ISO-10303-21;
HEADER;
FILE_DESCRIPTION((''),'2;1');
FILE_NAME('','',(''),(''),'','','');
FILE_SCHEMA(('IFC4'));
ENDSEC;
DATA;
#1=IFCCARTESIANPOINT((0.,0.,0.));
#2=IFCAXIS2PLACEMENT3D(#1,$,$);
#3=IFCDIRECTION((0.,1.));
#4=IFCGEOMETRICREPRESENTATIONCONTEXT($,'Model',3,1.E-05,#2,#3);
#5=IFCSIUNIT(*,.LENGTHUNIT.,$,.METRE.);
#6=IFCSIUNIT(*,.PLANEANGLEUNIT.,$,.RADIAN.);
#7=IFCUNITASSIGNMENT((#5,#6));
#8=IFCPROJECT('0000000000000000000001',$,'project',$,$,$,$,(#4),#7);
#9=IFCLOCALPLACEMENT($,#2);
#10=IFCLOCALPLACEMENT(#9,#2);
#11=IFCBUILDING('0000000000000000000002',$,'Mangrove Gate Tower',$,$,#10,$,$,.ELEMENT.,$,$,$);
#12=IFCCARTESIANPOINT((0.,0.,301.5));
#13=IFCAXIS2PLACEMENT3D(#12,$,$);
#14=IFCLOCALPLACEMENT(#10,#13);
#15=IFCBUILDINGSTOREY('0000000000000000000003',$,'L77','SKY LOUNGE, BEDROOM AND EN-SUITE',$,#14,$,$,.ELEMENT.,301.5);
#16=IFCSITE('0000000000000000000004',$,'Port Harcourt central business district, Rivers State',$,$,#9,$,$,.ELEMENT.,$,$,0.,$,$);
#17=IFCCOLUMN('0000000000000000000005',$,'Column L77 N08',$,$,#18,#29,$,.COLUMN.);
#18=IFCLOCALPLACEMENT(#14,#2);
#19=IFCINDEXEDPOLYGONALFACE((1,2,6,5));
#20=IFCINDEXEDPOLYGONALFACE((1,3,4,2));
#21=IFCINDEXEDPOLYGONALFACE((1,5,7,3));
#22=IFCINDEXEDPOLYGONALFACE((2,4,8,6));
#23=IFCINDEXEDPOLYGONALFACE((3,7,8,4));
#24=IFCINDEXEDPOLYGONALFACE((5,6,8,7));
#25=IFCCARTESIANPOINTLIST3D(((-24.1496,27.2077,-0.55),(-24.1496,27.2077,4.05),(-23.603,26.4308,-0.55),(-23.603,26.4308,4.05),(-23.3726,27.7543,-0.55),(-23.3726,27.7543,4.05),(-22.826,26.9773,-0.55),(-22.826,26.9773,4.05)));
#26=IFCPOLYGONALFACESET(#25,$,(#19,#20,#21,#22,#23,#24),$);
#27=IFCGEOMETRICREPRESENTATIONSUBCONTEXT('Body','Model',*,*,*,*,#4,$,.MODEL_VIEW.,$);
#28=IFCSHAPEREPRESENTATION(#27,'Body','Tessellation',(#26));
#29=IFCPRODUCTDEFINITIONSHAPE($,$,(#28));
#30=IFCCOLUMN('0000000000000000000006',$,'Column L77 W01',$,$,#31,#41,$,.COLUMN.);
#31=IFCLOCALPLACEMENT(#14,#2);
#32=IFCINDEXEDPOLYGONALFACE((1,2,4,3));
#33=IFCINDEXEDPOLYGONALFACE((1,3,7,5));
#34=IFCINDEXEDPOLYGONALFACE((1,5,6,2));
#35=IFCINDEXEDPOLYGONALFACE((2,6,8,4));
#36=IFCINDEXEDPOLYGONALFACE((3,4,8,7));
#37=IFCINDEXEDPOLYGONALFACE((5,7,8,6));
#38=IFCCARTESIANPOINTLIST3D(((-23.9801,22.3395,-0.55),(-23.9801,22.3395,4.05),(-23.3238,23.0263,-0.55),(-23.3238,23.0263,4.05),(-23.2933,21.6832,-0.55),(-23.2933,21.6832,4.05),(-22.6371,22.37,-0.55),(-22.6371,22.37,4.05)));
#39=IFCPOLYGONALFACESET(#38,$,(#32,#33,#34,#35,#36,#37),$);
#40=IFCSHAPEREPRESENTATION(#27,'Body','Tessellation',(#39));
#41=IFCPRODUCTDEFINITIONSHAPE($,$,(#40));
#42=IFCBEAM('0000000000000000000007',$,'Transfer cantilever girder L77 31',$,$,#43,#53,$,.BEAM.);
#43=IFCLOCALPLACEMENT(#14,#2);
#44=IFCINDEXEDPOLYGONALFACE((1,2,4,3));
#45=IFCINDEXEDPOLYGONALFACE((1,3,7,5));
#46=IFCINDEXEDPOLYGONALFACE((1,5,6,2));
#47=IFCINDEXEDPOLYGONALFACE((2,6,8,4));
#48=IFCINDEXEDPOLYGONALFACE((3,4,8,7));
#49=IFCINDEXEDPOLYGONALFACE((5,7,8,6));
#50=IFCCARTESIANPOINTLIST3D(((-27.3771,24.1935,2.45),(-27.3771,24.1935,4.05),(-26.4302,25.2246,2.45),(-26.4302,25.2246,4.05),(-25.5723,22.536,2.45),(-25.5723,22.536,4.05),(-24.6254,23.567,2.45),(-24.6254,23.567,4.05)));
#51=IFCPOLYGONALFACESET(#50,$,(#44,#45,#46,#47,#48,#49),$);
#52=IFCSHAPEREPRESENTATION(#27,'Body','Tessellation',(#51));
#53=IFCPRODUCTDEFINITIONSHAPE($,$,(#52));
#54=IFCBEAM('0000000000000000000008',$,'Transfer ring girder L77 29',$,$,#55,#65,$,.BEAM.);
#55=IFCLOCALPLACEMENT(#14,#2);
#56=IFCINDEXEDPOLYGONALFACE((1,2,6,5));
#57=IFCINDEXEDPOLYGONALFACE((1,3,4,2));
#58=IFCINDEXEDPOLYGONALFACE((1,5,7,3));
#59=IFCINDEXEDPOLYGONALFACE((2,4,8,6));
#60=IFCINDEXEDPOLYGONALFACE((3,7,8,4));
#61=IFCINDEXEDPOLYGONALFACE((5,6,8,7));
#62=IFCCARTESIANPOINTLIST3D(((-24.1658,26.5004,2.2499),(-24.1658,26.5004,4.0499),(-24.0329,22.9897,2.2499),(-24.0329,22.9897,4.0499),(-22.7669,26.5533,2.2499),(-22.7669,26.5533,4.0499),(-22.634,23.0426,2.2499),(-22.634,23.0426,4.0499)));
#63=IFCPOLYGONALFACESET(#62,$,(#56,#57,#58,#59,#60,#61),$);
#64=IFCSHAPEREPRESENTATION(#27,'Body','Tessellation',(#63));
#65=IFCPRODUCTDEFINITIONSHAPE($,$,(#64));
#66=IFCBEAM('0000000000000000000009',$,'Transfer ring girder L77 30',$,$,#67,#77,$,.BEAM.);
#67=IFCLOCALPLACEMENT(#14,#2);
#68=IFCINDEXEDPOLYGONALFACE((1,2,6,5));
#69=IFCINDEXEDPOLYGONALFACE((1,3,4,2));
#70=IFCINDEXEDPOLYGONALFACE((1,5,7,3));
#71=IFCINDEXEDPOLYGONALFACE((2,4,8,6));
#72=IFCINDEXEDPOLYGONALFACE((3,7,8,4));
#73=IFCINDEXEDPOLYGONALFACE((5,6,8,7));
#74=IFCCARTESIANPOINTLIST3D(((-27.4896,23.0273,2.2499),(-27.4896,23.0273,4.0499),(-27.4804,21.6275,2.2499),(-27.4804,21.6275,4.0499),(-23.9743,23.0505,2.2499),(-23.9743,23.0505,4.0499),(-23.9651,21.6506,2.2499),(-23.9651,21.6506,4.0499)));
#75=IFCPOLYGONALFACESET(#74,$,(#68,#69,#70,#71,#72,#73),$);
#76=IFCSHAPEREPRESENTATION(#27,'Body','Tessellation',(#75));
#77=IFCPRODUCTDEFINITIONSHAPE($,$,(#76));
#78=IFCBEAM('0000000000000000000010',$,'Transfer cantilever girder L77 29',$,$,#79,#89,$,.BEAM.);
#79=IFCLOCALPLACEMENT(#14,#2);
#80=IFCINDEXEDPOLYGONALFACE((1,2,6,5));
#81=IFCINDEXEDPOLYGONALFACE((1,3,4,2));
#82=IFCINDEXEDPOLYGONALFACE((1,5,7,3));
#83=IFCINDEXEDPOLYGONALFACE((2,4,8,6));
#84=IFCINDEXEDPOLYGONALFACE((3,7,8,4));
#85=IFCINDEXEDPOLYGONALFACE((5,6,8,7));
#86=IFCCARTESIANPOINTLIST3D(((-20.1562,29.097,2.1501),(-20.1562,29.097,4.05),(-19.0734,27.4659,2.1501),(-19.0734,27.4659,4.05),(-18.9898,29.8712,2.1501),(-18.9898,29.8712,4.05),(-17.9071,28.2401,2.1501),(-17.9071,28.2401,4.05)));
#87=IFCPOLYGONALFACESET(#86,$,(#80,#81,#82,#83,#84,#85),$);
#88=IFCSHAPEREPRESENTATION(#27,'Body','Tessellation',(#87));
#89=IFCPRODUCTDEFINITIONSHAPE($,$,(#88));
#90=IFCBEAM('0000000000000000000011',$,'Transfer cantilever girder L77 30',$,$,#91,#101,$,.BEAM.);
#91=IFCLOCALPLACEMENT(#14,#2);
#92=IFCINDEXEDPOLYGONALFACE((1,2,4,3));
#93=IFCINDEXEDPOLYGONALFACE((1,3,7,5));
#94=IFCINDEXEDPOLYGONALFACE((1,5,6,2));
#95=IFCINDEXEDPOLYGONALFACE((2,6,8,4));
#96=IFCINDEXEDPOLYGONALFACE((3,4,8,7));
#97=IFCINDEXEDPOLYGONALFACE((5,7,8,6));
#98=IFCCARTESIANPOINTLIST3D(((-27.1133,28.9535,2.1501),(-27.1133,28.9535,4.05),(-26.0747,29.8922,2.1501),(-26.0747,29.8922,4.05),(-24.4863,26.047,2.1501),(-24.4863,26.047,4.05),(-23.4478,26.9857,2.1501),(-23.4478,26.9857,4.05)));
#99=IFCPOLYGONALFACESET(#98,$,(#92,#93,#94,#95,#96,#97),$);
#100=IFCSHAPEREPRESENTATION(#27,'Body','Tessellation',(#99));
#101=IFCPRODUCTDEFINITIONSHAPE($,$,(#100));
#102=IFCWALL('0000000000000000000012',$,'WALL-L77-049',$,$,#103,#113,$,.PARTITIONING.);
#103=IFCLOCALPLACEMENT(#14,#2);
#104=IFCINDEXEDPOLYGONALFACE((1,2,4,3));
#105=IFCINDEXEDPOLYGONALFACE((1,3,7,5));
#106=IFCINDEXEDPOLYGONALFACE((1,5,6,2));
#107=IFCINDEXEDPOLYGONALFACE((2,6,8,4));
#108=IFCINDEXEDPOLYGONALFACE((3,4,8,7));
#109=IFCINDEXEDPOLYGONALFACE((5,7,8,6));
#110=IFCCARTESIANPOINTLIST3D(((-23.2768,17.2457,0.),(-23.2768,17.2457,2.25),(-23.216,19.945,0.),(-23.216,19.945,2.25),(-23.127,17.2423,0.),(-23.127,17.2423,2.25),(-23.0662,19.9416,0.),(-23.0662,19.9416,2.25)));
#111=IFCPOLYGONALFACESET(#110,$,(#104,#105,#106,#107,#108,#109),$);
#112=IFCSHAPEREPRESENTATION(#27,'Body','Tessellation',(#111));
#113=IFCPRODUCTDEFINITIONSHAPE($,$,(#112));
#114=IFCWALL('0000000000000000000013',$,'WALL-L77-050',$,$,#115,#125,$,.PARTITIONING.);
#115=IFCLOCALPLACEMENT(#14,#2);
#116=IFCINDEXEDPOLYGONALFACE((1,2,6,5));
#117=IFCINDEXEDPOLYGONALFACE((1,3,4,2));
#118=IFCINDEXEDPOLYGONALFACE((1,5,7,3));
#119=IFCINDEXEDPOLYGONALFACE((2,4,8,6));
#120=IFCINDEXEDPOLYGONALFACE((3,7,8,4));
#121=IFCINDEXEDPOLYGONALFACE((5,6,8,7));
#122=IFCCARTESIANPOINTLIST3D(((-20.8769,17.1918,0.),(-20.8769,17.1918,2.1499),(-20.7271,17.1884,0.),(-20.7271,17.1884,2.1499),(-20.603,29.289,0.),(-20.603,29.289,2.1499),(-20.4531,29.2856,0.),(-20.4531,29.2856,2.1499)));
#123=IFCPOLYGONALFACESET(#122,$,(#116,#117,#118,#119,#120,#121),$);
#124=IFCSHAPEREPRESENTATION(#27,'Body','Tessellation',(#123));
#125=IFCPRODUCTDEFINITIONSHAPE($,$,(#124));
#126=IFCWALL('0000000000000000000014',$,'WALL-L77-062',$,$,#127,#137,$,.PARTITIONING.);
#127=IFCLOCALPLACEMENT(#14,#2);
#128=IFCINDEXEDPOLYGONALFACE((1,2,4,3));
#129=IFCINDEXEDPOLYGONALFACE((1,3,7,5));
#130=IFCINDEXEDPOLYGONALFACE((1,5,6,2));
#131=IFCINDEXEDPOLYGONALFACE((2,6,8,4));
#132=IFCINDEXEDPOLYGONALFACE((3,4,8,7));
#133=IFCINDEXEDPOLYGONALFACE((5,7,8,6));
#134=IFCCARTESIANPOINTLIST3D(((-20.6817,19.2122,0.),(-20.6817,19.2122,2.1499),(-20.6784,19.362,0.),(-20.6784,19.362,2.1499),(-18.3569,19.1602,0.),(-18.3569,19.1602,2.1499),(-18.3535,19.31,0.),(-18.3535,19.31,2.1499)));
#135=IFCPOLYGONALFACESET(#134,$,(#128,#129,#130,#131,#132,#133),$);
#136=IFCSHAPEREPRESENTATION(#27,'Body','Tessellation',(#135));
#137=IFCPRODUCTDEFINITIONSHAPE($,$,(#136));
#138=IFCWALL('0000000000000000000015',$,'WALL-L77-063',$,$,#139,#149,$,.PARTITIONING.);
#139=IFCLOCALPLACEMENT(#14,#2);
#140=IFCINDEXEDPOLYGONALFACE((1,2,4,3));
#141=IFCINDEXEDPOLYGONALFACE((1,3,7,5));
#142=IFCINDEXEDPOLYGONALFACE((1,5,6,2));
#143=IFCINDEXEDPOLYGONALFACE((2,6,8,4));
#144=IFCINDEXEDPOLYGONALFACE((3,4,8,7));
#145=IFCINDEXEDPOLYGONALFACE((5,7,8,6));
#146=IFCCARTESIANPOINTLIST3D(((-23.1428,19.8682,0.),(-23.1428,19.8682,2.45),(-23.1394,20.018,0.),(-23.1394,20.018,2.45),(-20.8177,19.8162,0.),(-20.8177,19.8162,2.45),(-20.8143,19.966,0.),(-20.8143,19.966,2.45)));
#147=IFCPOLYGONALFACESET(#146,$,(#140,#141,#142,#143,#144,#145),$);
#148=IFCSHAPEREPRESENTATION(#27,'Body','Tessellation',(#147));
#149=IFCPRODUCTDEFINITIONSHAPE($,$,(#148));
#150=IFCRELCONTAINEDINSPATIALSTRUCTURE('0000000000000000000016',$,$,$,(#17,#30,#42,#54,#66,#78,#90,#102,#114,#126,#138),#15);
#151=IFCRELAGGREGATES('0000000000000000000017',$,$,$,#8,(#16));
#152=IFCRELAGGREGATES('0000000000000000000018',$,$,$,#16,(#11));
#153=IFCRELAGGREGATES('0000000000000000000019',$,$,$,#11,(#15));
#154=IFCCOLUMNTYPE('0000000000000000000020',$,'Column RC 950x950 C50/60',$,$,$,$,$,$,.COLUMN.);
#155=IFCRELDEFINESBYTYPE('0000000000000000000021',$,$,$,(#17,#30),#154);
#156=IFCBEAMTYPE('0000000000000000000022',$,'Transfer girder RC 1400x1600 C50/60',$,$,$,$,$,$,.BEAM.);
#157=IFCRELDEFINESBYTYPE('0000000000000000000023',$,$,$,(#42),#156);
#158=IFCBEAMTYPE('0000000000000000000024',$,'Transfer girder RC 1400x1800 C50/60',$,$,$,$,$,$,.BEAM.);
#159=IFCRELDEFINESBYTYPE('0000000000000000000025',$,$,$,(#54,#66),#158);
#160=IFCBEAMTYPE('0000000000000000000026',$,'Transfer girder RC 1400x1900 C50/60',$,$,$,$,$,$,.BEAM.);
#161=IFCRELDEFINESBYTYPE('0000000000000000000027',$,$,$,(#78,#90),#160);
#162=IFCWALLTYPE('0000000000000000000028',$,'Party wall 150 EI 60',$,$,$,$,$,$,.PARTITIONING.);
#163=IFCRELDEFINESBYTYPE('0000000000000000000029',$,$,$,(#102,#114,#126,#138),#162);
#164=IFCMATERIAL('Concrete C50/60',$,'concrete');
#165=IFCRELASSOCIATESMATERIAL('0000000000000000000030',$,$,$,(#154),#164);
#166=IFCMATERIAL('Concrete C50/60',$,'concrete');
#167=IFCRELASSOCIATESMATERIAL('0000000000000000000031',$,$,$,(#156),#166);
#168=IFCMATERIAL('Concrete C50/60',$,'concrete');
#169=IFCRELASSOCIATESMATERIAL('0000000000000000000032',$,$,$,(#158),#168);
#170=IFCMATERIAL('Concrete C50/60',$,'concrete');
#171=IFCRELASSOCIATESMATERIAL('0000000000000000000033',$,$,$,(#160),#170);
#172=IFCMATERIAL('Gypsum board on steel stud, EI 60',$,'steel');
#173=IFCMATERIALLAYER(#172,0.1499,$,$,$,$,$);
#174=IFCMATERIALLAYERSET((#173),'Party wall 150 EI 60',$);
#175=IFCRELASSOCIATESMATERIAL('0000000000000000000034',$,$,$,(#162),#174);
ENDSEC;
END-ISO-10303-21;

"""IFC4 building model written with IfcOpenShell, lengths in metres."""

from ifc_helpers import new_model, si_unit, direction, frame, frame_2d, origin, origin_2d, place, context, subcontext, project, spatial, rectangle, extrude, material, layer, layer_set, material_profile, profile_set, type_object, element, save


model = new_model("IFC4")

# Units and contexts
model_context = context("Model", 3, precision=1e-05, world=origin(), true_north=direction((0.0, 1.0)))
body_context = subcontext(model_context, "Body", "Model", "MODEL_VIEW")
ifc_project = project(units=[si_unit("LENGTHUNIT", "METRE"), si_unit("PLANEANGLEUNIT", "RADIAN")], contexts=[model_context])

# Site, building, storey
site_placement = place(None, origin())
site = spatial("IfcSite", under=ifc_project, at=site_placement, Name="Port Harcourt central business district, Rivers State", CompositionType="ELEMENT", RefElevation=0.0)
building_placement = place(site_placement, origin())
building = spatial("IfcBuilding", under=site, at=building_placement, Name="Mangrove Gate Tower", CompositionType="ELEMENT")
storey_placement = place(building_placement, frame((0.0, 0.0, 301.5)))
storey = spatial("IfcBuildingStorey", under=building, at=storey_placement, Name="L77", Description="SKY LOUNGE, BEDROOM AND EN-SUITE", CompositionType="ELEMENT", Elevation=301.5)

# Columns
ifc_material_1 = material(Name="Concrete C50/60", Category="concrete")
ifc_material_profile_1 = material_profile(ifc_material_1, rectangle(XDim=0.95, YDim=0.95, at=origin_2d()))
ifc_profile_set_1 = profile_set([ifc_material_profile_1], Name="Concrete C50/60")
column_type = type_object("IfcColumnType", Name="Column RC 950x950 C50/60", PredefinedType="COLUMN", material=ifc_profile_set_1)
for number, where, z_axis, x_axis, name in (
    (1, (-23.4878, 27.0925, -0.55), (0.0, 0.0, 1.0), (-0.817889, -0.575376, 0.0), "Column L77 N08"),
    (2, (-23.3086, 22.3547, -0.55), (0.0, 0.0, 1.0), (-0.690865, -0.722984, 0.0), "Column L77 W01"),
):
    element("IfcColumn", number, at=place(storey_placement, frame(where, z_axis=z_axis, x_axis=x_axis)), inside=storey, type_object=column_type, Name=name, PredefinedType="COLUMN", context=body_context, shape_type="SweptSolid", body=[
        extrude(rectangle(XDim=0.95, YDim=0.95, at=origin_2d()), origin(), (0.0, 0.0, 1.0), 4.6001),
    ])

# Beams
ifc_material_2 = material(Name="Concrete C50/60", Category="concrete")
ifc_material_profile_2 = material_profile(ifc_material_2, rectangle(XDim=1.3999, YDim=1.6001, at=origin_2d()))
ifc_profile_set_2 = profile_set([ifc_material_profile_2], Name="Concrete C50/60")
beam_type_1 = type_object("IfcBeamType", Name="Transfer girder RC 1400x1600 C50/60", PredefinedType="BEAM", material=ifc_profile_set_2)
beam_1_placement = place(storey_placement, frame((-25.0989, 23.0515, 3.25), z_axis=(-0.736509, 0.676428, 0.0), x_axis=(-0.676428, -0.736509, 0.0)))
element("IfcBeam", 3, at=beam_1_placement, inside=storey, type_object=beam_type_1, Name="Transfer cantilever girder L77 31", PredefinedType="BEAM", context=body_context, shape_type="SweptSolid", body=[
    extrude(rectangle(XDim=1.3999, YDim=1.6001, at=origin_2d()), origin(), (0.0, 0.0, 1.0), 2.4504),
])
ifc_material_3 = material(Name="Concrete C50/60", Category="concrete")
ifc_material_profile_3 = material_profile(ifc_material_3, rectangle(XDim=1.3999, YDim=1.8, at=origin_2d()))
ifc_profile_set_3 = profile_set([ifc_material_profile_3], Name="Concrete C50/60")
beam_type_2 = type_object("IfcBeamType", Name="Transfer girder RC 1400x1800 C50/60", PredefinedType="BEAM", material=ifc_profile_set_3)
beam_2_placement = place(storey_placement, frame((-23.4663, 26.5269, 3.1499), z_axis=(0.037803, -0.999285, 0.0), x_axis=(0.999285, 0.037803, 0.0)))
element("IfcBeam", 4, at=beam_2_placement, inside=storey, type_object=beam_type_2, Name="Transfer ring girder L77 29", PredefinedType="BEAM", context=body_context, shape_type="SweptSolid", body=[
    extrude(rectangle(XDim=1.3999, YDim=1.8, at=origin_2d()), origin(), (0.0, 0.0, 1.0), 3.5132),
])
beam_3_placement = place(storey_placement, frame((-23.9697, 22.3506, 3.1499), z_axis=(-0.999978, -0.006598, 0.0), x_axis=(0.006598, -0.999978, 0.0)))
element("IfcBeam", 5, at=beam_3_placement, inside=storey, type_object=beam_type_2, Name="Transfer ring girder L77 30", PredefinedType="BEAM", context=body_context, shape_type="SweptSolid", body=[
    extrude(rectangle(XDim=1.3999, YDim=1.8, at=origin_2d()), origin(), (0.0, 0.0, 1.0), 3.5154),
])
ifc_material_4 = material(Name="Concrete C50/60", Category="concrete")
ifc_material_profile_4 = material_profile(ifc_material_4, rectangle(XDim=1.3999, YDim=1.8999, at=origin_2d()))
ifc_profile_set_4 = profile_set([ifc_material_profile_4], Name="Concrete C50/60")
beam_type_3 = type_object("IfcBeamType", Name="Transfer girder RC 1400x1900 C50/60", PredefinedType="BEAM", material=ifc_profile_set_4)
beam_4_placement = place(storey_placement, frame((-18.4902, 27.853, 3.1001), z_axis=(-0.553059, 0.833142, 0.0), x_axis=(-0.833142, -0.553059, 0.0)))
element("IfcBeam", 6, at=beam_4_placement, inside=storey, type_object=beam_type_3, Name="Transfer cantilever girder L77 29", PredefinedType="BEAM", context=body_context, shape_type="SweptSolid", body=[
    extrude(rectangle(XDim=1.3999, YDim=1.8999, at=origin_2d()), origin(), (0.0, 0.0, 1.0), 1.9578),
])
beam_5_placement = place(storey_placement, frame((-23.967, 26.5164, 3.1001), z_axis=(-0.67053, 0.741883, 0.0), x_axis=(-0.741883, -0.67053, 0.0)))
element("IfcBeam", 7, at=beam_5_placement, inside=storey, type_object=beam_type_3, Name="Transfer cantilever girder L77 30", PredefinedType="BEAM", context=body_context, shape_type="SweptSolid", body=[
    extrude(rectangle(XDim=1.3999, YDim=1.8999, at=origin_2d()), origin(), (0.0, 0.0, 1.0), 3.9177),
])

# Walls
ifc_material_5 = material(Name="Gypsum board on steel stud, EI 60", Category="steel")
ifc_layer_1 = layer(ifc_material_5, 0.1499)
ifc_layer_set_1 = layer_set([ifc_layer_1], Name="Party wall 150 EI 60")
wall_type_1 = type_object("IfcWallType", Name="Party wall 150 EI 60", PredefinedType="PARTITIONING", material=ifc_layer_set_1)
wall_1_placement = place(storey_placement, frame((-23.2019, 17.2439, 0.0), z_axis=(0.0, 0.0, 1.0), x_axis=(0.022516, 0.999746, 0.0)))
element("IfcWall", 8, at=wall_1_placement, inside=storey, type_object=wall_type_1, Name="WALL-L77-049", PredefinedType="PARTITIONING", context=body_context, shape_type="SweptSolid", body=[
    extrude(rectangle(XDim=2.7, YDim=0.1499, at=frame_2d((1.3501, 0.0))), origin(), (0.0, 0.0, 1.0), 2.25),
])
wall_2_placement = place(storey_placement, frame((-20.802, 17.1899, 0.0), z_axis=(0.0, 0.0, 1.0), x_axis=(0.022638, 0.999744, 0.0)))
element("IfcWall", 9, at=wall_2_placement, inside=storey, type_object=wall_type_1, Name="WALL-L77-050", PredefinedType="PARTITIONING", context=body_context, shape_type="SweptSolid", body=[
    extrude(rectangle(XDim=12.1003, YDim=0.1499, at=frame_2d((6.0503, 0.0))), origin(), (0.0, 0.0, 1.0), 2.1499),
])
wall_3_placement = place(storey_placement, frame((-20.6799, 19.2871, 0.0), z_axis=(0.0, 0.0, 1.0), x_axis=(0.99975, -0.022361, 0.0)))
element("IfcWall", 10, at=wall_3_placement, inside=storey, type_object=wall_type_1, Name="WALL-L77-062", PredefinedType="PARTITIONING", context=body_context, shape_type="SweptSolid", body=[
    extrude(rectangle(XDim=2.3254, YDim=0.1499, at=frame_2d((1.1626, 0.0))), origin(), (0.0, 0.0, 1.0), 2.1499),
])
wall_4_placement = place(storey_placement, frame((-23.1411, 19.9431, 0.0), z_axis=(0.0, 0.0, 1.0), x_axis=(0.99975, -0.022359, 0.0)))
element("IfcWall", 11, at=wall_4_placement, inside=storey, type_object=wall_type_1, Name="WALL-L77-063", PredefinedType="PARTITIONING", context=body_context, shape_type="SweptSolid", body=[
    extrude(rectangle(XDim=2.3257, YDim=0.1499, at=frame_2d((1.1628, 0.0))), origin(), (0.0, 0.0, 1.0), 2.45),
])

save(model, "model.ifc")
